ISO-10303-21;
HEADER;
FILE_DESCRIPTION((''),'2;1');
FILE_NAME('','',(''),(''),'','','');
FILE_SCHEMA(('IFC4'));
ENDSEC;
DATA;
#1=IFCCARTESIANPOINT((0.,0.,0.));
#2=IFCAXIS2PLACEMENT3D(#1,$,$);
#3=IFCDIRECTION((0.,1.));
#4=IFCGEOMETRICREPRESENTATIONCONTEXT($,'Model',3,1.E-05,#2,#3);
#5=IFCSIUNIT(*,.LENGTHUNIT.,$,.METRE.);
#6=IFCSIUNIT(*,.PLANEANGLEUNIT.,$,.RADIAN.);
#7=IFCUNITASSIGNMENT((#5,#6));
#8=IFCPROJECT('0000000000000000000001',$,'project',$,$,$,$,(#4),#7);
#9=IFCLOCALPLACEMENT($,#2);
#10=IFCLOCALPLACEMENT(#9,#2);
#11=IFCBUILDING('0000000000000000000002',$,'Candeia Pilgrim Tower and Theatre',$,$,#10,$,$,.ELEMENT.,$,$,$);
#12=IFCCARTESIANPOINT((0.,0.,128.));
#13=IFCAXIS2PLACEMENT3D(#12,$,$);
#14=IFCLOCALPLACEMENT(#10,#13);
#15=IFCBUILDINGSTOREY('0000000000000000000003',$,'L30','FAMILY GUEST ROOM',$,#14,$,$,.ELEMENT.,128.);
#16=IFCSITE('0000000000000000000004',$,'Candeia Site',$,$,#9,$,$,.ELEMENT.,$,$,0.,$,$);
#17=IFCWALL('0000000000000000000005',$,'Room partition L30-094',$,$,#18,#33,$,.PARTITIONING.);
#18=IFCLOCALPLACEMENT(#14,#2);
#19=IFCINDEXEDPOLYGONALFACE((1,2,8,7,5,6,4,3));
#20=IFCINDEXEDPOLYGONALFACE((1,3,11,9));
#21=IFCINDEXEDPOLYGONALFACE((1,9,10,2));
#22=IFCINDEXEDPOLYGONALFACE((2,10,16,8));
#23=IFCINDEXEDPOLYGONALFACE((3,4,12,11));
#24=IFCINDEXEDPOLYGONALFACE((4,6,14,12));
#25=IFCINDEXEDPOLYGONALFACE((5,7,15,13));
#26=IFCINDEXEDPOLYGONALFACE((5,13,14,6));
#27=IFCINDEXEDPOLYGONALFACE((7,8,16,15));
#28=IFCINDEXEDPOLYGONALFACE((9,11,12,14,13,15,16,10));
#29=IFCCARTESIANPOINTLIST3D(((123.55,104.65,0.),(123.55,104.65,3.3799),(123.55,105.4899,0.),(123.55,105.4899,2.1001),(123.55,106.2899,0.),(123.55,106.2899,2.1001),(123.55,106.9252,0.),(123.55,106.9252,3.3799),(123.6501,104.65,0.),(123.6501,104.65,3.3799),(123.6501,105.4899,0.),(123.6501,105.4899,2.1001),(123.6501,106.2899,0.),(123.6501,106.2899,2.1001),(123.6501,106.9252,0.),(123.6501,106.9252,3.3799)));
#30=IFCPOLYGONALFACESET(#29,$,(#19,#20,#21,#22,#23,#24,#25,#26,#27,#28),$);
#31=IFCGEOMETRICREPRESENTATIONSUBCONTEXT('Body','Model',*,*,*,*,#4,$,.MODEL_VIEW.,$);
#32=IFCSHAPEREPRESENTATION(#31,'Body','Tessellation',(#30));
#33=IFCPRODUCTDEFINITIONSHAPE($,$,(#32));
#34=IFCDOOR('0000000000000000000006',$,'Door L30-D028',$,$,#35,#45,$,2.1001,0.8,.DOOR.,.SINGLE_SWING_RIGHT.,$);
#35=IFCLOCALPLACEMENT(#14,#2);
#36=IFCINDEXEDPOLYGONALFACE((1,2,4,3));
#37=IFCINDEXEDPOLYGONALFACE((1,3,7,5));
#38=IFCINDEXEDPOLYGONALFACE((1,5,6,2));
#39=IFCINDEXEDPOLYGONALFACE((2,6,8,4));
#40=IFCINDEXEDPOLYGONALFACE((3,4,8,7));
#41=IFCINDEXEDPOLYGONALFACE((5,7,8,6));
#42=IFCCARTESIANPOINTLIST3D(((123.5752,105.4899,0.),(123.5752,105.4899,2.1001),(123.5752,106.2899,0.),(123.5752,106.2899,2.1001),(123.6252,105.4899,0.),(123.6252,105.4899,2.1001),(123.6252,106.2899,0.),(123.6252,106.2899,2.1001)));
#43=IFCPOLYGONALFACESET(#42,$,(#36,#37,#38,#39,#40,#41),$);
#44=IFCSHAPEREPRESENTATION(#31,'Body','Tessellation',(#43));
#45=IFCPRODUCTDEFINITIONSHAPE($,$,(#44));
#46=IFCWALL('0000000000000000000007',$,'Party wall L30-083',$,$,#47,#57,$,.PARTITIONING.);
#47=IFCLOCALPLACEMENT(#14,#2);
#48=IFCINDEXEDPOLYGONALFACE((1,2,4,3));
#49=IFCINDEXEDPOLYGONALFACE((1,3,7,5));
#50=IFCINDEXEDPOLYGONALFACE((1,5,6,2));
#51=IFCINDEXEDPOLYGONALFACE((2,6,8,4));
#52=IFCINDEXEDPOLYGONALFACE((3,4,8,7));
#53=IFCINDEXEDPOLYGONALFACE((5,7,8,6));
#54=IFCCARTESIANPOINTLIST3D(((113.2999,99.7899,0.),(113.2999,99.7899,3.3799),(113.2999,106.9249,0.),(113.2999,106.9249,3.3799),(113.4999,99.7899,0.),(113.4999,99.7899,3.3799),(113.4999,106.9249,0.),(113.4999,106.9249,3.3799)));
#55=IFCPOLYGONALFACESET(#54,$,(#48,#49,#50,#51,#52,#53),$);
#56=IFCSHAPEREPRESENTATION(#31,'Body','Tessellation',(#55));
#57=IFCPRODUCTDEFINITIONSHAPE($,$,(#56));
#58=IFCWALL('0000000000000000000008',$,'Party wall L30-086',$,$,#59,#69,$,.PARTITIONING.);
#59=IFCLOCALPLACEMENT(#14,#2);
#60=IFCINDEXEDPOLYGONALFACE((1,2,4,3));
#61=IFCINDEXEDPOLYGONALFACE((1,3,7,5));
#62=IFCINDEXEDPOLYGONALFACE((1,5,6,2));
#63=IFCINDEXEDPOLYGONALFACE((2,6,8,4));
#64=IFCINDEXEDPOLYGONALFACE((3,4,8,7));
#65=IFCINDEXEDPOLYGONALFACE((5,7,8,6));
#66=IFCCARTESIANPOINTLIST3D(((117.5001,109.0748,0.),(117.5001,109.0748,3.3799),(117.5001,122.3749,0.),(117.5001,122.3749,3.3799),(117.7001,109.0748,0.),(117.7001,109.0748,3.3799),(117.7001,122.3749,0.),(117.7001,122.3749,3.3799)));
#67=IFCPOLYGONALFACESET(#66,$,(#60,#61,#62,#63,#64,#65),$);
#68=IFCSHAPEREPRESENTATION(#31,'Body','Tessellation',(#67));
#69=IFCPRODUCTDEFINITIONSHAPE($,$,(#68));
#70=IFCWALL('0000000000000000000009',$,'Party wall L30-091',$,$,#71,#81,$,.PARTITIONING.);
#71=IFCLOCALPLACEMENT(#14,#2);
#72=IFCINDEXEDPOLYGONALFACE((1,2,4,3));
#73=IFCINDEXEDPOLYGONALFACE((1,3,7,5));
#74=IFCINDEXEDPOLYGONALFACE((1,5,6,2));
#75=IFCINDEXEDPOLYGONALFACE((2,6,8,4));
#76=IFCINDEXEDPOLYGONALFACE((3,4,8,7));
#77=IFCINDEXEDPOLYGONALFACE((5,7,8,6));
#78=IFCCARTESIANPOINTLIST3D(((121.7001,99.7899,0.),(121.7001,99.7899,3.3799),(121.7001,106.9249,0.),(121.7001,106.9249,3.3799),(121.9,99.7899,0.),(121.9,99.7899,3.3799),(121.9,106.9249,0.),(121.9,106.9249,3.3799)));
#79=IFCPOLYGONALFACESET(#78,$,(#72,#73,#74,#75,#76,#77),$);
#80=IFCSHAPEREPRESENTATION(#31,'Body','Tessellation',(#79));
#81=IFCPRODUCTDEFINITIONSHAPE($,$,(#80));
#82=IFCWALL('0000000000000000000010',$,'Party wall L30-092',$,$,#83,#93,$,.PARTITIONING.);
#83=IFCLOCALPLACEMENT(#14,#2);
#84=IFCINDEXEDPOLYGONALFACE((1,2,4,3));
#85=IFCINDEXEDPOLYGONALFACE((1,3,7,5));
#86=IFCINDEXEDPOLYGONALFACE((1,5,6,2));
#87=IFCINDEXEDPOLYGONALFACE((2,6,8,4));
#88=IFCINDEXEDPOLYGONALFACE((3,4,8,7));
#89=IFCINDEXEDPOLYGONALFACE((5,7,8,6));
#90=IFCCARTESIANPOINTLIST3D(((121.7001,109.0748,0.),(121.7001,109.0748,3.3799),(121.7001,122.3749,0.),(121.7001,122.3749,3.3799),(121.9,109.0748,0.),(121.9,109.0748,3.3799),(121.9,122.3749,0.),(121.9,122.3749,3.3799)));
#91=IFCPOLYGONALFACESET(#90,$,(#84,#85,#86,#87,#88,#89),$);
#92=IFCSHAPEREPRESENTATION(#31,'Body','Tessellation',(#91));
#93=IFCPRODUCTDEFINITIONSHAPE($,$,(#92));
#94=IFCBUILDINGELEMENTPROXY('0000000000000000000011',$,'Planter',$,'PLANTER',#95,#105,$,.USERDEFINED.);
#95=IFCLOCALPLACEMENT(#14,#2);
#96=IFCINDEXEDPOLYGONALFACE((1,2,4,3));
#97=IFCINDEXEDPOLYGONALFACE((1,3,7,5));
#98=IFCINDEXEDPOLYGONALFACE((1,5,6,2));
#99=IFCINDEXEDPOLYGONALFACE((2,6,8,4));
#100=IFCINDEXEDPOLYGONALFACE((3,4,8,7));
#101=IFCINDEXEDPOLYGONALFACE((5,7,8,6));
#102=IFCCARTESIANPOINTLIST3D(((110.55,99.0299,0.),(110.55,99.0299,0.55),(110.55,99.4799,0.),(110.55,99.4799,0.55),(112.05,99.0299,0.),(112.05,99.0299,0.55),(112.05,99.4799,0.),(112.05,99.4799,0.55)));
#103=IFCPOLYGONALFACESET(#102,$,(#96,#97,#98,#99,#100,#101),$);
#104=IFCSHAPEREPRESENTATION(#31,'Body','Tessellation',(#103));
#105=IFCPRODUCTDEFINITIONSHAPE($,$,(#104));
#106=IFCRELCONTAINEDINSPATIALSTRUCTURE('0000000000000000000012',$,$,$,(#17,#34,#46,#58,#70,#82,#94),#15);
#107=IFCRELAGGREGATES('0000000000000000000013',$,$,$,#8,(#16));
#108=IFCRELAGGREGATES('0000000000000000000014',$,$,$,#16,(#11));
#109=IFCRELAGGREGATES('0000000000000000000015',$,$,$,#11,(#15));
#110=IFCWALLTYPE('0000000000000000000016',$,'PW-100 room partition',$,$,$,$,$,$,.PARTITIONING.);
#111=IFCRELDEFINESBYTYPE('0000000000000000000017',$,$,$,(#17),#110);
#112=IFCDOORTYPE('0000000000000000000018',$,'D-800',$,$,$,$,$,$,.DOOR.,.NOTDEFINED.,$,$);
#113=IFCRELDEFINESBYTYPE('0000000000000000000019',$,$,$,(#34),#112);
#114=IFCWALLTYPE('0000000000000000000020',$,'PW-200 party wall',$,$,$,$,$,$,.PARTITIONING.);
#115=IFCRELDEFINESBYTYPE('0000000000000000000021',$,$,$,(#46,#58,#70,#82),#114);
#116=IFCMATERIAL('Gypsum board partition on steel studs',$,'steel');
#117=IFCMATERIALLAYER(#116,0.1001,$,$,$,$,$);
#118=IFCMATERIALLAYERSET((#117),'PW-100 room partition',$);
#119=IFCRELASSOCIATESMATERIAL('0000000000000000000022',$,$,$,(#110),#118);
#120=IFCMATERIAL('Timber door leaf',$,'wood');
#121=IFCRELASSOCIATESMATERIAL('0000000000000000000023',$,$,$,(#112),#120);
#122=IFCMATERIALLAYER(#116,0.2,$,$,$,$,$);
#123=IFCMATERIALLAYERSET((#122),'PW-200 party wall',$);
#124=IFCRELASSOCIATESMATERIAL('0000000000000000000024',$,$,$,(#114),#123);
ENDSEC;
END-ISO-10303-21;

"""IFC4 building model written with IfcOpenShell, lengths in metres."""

from ifc_helpers import new_model, si_unit, direction, frame, frame_2d, origin, origin_2d, place, context, subcontext, project, spatial, rectangle, extrude, material, layer, layer_set, type_object, element, fill, save


model = new_model("IFC4")

# Units and contexts
model_context = context("Model", 3, precision=1e-05, world=origin(), true_north=direction((0.0, 1.0)))
body_context = subcontext(model_context, "Body", "Model", "MODEL_VIEW")
ifc_project = project(units=[si_unit("LENGTHUNIT", "METRE"), si_unit("PLANEANGLEUNIT", "RADIAN")], contexts=[model_context])

# Site, building, storey
site_placement = place(None, origin())
site = spatial("IfcSite", under=ifc_project, at=site_placement, Name="Candeia Site", CompositionType="ELEMENT", RefElevation=0.0)
building_placement = place(site_placement, origin())
building = spatial("IfcBuilding", under=site, at=building_placement, Name="Candeia Pilgrim Tower and Theatre", CompositionType="ELEMENT")
storey_placement = place(building_placement, frame((0.0, 0.0, 128.0)))
storey = spatial("IfcBuildingStorey", under=building, at=storey_placement, Name="L30", Description="FAMILY GUEST ROOM", CompositionType="ELEMENT", Elevation=128.0)

# Shared definitions
ifc_material_1 = material(Name="Gypsum board partition on steel studs", Category="steel")
ifc_layer_1 = layer(ifc_material_1, 0.1001)
ifc_layer_set_1 = layer_set([ifc_layer_1], Name="PW-100 room partition")
wall_type_1 = type_object("IfcWallType", Name="PW-100 room partition", PredefinedType="PARTITIONING", material=ifc_layer_set_1)

# Shared definitions
ifc_material_2 = material(Name="Timber door leaf", Category="wood")
door_type = type_object("IfcDoorType", Name="D-800", OperationType="NOTDEFINED", PredefinedType="DOOR", material=ifc_material_2)

# Wall, opening, door
wall_1_placement = place(storey_placement, frame((123.6001, 104.6499, 0.0), z_axis=(0.0, 0.0, 1.0), x_axis=(0.0, 1.0, 0.0)))
wall_1 = element("IfcWall", 1, at=wall_1_placement, inside=storey, type_object=wall_type_1, Name="Room partition L30-094", PredefinedType="PARTITIONING", context=body_context, shape_type="SweptSolid", body=[
    extrude(rectangle(XDim=2.2751, YDim=0.1001, at=frame_2d((1.1377, 0.0))), origin(), (0.0, 0.0, 1.0), 3.3799),
])
opening_1_placement = place(wall_1_placement, frame((0.8401, 0.0, 0.0)))
opening_1 = element("IfcOpeningElement", 2, at=opening_1_placement, cuts=wall_1, PredefinedType="OPENING", context=body_context, shape_type="SweptSolid", body=[
    extrude(rectangle(XDim=0.8, YDim=2.1001, at=frame_2d((0.3999, 1.05))), frame((0.0, 0.0601, 0.0), z_axis=(0.0, -1.0, 0.0), x_axis=(1.0, 0.0, 0.0)), (0.0, 0.0, 1.0), 0.1201),
])
door_1_placement = place(opening_1_placement, origin())
door_1 = element("IfcDoor", 3, at=door_1_placement, inside=storey, type_object=door_type, Name="Door L30-D028", OperationType="SINGLE_SWING_RIGHT", OverallHeight=2.1001, OverallWidth=0.8, PredefinedType="DOOR", context=body_context, shape_type="SweptSolid", body=[
    extrude(rectangle(XDim=0.8, YDim=2.1001, at=frame_2d((0.3999, 1.05))), frame((0.0, 0.0249, 0.0), z_axis=(0.0, -1.0, 0.0), x_axis=(1.0, 0.0, 0.0)), (0.0, 0.0, 1.0), 0.05),
])
fill(opening_1, door_1)

# Walls
ifc_layer_2 = layer(ifc_material_1, 0.2)
ifc_layer_set_2 = layer_set([ifc_layer_2], Name="PW-200 party wall")
wall_type_2 = type_object("IfcWallType", Name="PW-200 party wall", PredefinedType="PARTITIONING", material=ifc_layer_set_2)
wall_2_placement = place(storey_placement, frame((113.3999, 99.79, 0.0), z_axis=(0.0, 0.0, 1.0), x_axis=(0.0, 1.0, 0.0)))
element("IfcWall", 4, at=wall_2_placement, inside=storey, type_object=wall_type_2, Name="Party wall L30-083", PredefinedType="PARTITIONING", context=body_context, shape_type="SweptSolid", body=[
    extrude(rectangle(XDim=7.135, YDim=0.2, at=frame_2d((3.5674, 0.0))), origin(), (0.0, 0.0, 1.0), 3.3799),
])
wall_3_placement = place(storey_placement, frame((117.6001, 109.075, 0.0), z_axis=(0.0, 0.0, 1.0), x_axis=(0.0, 1.0, 0.0)))
element("IfcWall", 5, at=wall_3_placement, inside=storey, type_object=wall_type_2, Name="Party wall L30-086", PredefinedType="PARTITIONING", context=body_context, shape_type="SweptSolid", body=[
    extrude(rectangle(XDim=13.3, YDim=0.2, at=frame_2d((6.6499, 0.0))), origin(), (0.0, 0.0, 1.0), 3.3799),
])
wall_4_placement = place(storey_placement, frame((121.8, 99.79, 0.0), z_axis=(0.0, 0.0, 1.0), x_axis=(0.0, 1.0, 0.0)))
element("IfcWall", 6, at=wall_4_placement, inside=storey, type_object=wall_type_2, Name="Party wall L30-091", PredefinedType="PARTITIONING", context=body_context, shape_type="SweptSolid", body=[
    extrude(rectangle(XDim=7.135, YDim=0.2, at=frame_2d((3.5674, 0.0))), origin(), (0.0, 0.0, 1.0), 3.3799),
])
wall_5_placement = place(storey_placement, frame((121.8, 109.075, 0.0), z_axis=(0.0, 0.0, 1.0), x_axis=(0.0, 1.0, 0.0)))
element("IfcWall", 7, at=wall_5_placement, inside=storey, type_object=wall_type_2, Name="Party wall L30-092", PredefinedType="PARTITIONING", context=body_context, shape_type="SweptSolid", body=[
    extrude(rectangle(XDim=13.3, YDim=0.2, at=frame_2d((6.6499, 0.0))), origin(), (0.0, 0.0, 1.0), 3.3799),
])

# Building element proxy
proxy_placement = place(storey_placement, frame((111.3, 99.2549, 0.0), z_axis=(0.0, 0.0, 1.0), x_axis=(1.0, 0.0, 0.0)))
element("IfcBuildingElementProxy", 8, at=proxy_placement, inside=storey, Name="Planter", ObjectType="PLANTER", PredefinedType="USERDEFINED", context=body_context, shape_type="SweptSolid", body=[
    extrude(rectangle(XDim=1.5, YDim=0.45, at=origin_2d()), origin(), (0.0, 0.0, 1.0), 0.55),
])

save(model, "model.ifc")
